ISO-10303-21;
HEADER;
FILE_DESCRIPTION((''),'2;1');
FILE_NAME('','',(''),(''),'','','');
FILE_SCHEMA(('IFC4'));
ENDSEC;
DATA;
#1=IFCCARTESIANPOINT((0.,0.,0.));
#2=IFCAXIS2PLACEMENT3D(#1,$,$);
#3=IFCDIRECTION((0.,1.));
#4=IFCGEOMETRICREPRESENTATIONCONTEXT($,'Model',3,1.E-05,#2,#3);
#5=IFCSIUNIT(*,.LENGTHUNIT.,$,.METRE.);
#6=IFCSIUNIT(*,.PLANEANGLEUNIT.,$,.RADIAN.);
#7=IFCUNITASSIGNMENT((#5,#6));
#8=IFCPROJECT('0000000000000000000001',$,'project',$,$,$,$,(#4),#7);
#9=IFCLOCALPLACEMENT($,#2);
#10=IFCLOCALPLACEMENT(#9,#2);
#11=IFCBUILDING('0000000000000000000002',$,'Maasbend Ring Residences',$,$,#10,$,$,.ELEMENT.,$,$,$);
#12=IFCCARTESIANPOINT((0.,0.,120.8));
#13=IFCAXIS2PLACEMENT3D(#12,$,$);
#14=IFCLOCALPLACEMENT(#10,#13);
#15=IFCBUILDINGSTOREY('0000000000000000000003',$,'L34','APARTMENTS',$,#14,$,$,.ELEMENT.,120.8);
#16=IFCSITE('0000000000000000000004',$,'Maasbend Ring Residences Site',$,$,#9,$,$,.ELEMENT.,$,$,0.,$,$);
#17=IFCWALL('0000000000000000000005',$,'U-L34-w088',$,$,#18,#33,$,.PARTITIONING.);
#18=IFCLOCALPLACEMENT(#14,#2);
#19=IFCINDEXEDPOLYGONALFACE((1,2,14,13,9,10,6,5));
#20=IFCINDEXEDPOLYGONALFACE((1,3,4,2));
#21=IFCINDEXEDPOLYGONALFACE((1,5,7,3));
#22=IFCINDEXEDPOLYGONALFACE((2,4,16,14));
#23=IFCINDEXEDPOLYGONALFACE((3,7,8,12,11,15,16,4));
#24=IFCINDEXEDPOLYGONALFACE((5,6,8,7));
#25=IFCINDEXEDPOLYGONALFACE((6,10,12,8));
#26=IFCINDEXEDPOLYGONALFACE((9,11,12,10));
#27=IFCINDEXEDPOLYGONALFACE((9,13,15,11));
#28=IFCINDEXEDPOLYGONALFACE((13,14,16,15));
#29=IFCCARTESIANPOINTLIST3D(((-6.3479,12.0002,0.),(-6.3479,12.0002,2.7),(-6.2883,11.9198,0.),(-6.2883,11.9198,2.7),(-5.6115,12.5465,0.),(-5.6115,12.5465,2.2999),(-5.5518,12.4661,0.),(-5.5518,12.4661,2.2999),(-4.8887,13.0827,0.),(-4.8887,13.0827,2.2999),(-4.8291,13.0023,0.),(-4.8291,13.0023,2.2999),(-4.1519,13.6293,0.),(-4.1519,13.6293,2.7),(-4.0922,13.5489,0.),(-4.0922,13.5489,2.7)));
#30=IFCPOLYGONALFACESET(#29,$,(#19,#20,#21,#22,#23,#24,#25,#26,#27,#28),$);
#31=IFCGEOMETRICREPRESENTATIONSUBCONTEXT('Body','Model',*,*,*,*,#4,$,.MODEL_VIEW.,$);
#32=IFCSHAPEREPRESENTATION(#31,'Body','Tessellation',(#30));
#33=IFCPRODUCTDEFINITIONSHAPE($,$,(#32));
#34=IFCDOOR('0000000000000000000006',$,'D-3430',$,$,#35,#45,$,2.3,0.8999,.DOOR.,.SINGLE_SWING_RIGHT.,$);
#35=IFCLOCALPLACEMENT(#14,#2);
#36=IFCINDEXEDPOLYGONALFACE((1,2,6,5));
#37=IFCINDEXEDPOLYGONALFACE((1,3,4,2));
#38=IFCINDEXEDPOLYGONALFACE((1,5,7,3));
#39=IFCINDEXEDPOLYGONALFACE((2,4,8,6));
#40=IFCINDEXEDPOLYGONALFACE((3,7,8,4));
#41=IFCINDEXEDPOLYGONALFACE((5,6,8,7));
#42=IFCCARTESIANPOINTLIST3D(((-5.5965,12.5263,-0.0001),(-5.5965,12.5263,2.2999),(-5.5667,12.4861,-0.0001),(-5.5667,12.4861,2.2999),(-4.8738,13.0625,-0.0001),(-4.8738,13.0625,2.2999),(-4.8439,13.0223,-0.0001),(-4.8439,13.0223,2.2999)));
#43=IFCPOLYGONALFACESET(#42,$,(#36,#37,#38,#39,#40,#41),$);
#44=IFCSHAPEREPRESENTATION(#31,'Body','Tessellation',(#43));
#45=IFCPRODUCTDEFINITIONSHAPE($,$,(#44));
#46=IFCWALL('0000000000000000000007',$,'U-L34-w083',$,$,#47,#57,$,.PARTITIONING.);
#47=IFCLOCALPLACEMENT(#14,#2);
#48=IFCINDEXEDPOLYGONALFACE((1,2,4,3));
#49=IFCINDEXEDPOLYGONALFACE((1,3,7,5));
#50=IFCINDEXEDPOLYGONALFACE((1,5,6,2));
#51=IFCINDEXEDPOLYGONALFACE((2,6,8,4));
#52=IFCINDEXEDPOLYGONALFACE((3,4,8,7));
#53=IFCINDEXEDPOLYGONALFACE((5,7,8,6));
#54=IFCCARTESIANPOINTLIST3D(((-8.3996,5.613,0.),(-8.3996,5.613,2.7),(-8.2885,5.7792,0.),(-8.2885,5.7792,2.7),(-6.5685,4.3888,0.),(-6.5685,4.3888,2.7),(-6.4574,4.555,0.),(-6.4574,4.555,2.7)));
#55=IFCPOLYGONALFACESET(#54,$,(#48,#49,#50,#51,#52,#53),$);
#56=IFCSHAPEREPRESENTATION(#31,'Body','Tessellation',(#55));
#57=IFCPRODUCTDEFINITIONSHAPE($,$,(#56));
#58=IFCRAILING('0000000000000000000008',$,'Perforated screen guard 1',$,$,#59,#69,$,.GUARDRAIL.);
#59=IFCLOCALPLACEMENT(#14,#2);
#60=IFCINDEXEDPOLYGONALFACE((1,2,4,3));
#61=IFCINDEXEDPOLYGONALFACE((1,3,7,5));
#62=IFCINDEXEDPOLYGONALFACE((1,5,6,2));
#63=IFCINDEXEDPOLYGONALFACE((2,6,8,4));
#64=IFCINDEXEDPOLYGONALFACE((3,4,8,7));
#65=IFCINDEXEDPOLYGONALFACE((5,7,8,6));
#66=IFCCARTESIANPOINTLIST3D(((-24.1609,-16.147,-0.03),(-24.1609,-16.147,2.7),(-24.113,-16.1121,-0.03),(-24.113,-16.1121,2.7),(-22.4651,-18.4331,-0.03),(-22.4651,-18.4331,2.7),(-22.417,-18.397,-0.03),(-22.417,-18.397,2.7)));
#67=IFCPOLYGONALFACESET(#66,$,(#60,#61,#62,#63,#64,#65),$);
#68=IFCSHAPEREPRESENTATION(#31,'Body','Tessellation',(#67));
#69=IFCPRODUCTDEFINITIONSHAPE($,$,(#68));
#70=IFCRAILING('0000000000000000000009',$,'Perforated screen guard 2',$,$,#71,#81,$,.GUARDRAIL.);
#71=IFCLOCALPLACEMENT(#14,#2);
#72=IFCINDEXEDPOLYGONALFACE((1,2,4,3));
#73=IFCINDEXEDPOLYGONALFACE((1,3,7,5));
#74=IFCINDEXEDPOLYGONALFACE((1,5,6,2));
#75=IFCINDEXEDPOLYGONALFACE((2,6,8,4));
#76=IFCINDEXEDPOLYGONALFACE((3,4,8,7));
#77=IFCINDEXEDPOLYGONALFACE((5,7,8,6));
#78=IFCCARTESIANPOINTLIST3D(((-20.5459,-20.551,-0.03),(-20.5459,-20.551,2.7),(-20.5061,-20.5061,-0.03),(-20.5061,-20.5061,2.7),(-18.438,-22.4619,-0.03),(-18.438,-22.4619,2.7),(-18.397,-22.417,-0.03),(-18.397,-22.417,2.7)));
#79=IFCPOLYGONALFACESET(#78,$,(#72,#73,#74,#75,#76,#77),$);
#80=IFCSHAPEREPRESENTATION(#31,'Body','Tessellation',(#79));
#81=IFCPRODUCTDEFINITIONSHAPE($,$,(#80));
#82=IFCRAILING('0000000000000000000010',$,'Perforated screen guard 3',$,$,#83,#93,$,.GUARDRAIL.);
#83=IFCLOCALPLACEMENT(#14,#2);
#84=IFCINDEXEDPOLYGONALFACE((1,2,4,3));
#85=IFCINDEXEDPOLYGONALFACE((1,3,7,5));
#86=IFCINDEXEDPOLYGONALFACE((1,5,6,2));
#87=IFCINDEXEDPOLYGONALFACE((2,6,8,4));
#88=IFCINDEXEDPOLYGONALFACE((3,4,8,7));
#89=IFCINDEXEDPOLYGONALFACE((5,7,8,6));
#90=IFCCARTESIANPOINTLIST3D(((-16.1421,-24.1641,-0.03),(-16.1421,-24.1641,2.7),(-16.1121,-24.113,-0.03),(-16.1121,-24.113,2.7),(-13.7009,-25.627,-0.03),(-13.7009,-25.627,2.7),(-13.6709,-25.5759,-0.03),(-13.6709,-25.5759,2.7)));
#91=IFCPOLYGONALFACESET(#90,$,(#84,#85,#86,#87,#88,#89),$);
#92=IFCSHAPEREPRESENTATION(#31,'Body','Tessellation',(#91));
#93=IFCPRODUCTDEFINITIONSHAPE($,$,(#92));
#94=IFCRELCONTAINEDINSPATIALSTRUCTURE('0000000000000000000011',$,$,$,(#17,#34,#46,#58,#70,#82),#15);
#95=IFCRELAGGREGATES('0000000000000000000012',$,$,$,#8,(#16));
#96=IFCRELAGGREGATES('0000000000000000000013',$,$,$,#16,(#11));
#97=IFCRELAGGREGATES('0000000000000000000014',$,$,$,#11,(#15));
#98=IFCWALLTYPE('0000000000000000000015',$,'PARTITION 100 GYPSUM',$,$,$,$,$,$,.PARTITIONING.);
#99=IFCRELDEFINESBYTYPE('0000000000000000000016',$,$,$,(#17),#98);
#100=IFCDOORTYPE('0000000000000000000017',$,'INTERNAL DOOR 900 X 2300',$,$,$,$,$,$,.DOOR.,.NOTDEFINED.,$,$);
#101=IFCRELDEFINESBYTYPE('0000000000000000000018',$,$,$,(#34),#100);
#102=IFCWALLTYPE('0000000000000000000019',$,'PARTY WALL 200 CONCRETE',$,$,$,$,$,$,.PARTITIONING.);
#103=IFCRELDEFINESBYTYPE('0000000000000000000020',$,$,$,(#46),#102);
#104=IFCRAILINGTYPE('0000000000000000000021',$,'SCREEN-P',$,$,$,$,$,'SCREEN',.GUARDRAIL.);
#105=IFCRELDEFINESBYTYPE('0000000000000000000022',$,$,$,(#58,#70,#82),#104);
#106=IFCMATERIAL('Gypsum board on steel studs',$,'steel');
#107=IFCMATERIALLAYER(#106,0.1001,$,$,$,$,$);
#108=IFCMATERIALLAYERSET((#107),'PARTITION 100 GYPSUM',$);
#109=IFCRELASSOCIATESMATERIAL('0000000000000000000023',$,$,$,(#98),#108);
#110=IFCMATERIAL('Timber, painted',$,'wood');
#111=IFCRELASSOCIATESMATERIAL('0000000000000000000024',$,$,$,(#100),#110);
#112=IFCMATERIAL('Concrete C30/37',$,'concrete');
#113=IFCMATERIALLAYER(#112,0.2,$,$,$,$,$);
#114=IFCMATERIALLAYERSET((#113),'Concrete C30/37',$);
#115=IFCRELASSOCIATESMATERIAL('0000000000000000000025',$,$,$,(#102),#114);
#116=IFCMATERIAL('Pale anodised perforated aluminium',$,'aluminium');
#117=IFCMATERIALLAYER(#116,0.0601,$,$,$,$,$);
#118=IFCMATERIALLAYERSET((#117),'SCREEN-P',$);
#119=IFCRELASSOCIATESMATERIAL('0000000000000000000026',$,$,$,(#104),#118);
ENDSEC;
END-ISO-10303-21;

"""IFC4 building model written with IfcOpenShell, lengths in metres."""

from ifc_helpers import new_model, si_unit, direction, frame, frame_2d, origin, place, context, subcontext, project, spatial, polyline, rectangle, outline, extrude, material, layer, layer_set, type_object, element, fill, save


model = new_model("IFC4")

# Units and contexts
model_context = context("Model", 3, precision=1e-05, world=origin(), true_north=direction((0.0, 1.0)))
body_context = subcontext(model_context, "Body", "Model", "MODEL_VIEW")
ifc_project = project(units=[si_unit("LENGTHUNIT", "METRE"), si_unit("PLANEANGLEUNIT", "RADIAN")], contexts=[model_context])

# Site, building, storey
site_placement = place(None, origin())
site = spatial("IfcSite", under=ifc_project, at=site_placement, Name="Maasbend Ring Residences Site", CompositionType="ELEMENT", RefElevation=0.0)
building_placement = place(site_placement, origin())
building = spatial("IfcBuilding", under=site, at=building_placement, Name="Maasbend Ring Residences", CompositionType="ELEMENT")
storey_placement = place(building_placement, frame((0.0, 0.0, 120.8)))
storey = spatial("IfcBuildingStorey", under=building, at=storey_placement, Name="L34", Description="APARTMENTS", CompositionType="ELEMENT", Elevation=120.8)

# Wall, opening, door
ifc_material_1 = material(Name="Gypsum board on steel studs", Category="steel")
ifc_layer_1 = layer(ifc_material_1, 0.1001)
ifc_layer_set_1 = layer_set([ifc_layer_1], Name="PARTITION 100 GYPSUM")
wall_type_1 = type_object("IfcWallType", Name="PARTITION 100 GYPSUM", PredefinedType="PARTITIONING", material=ifc_layer_set_1)
wall_1_placement = place(storey_placement, frame((-6.3181, 11.96, 0.0), z_axis=(0.0, 0.0, 1.0), x_axis=(0.803128, 0.595806, 0.0)))
wall_1 = element("IfcWall", 1, at=wall_1_placement, inside=storey, type_object=wall_type_1, Name="U-L34-w088", PredefinedType="PARTITIONING", context=body_context, shape_type="SweptSolid", body=[
    extrude(rectangle(XDim=2.7344, YDim=0.1001, at=frame_2d((1.3672, 0.0))), origin(), (0.0, 0.0, 1.0), 2.7),
])
opening_placement = place(wall_1_placement, frame((0.917, 0.0, 0.0)))
opening = element("IfcOpeningElement", 2, at=opening_placement, cuts=wall_1, PredefinedType="OPENING", context=body_context, shape_type="SweptSolid", body=[
    extrude(rectangle(XDim=0.8999, YDim=2.3, at=frame_2d((0.45, 1.1499))), frame((0.0, 0.0601, 0.0), z_axis=(0.0, -1.0, 0.0), x_axis=(1.0, 0.0, 0.0)), (0.0, 0.0, 1.0), 0.1201),
])
ifc_material_2 = material(Name="Timber, painted", Category="wood")
door_type = type_object("IfcDoorType", Name="INTERNAL DOOR 900 X 2300", OperationType="NOTDEFINED", PredefinedType="DOOR", material=ifc_material_2)
door_placement = place(opening_placement, origin())
door = element("IfcDoor", 3, at=door_placement, inside=storey, type_object=door_type, Name="D-3430", OperationType="SINGLE_SWING_RIGHT", OverallHeight=2.3, OverallWidth=0.8999, PredefinedType="DOOR", context=body_context, shape_type="SweptSolid", body=[
    extrude(rectangle(XDim=0.8999, YDim=2.3, at=frame_2d((0.45, 1.1499))), frame((0.0, 0.0249, 0.0), z_axis=(0.0, -1.0, 0.0), x_axis=(1.0, 0.0, 0.0)), (0.0, 0.0, 1.0), 0.05),
])
fill(opening, door)

# Wall
ifc_material_3 = material(Name="Concrete C30/37", Category="concrete")
ifc_layer_2 = layer(ifc_material_3, 0.2)
ifc_layer_set_2 = layer_set([ifc_layer_2], Name="Concrete C30/37")
wall_type_2 = type_object("IfcWallType", Name="PARTY WALL 200 CONCRETE", PredefinedType="PARTITIONING", material=ifc_layer_set_2)
wall_2_placement = place(storey_placement, frame((-6.5129, 4.4719, 0.0), z_axis=(0.0, 0.0, 1.0), x_axis=(-0.831333, 0.555774, 0.0)))
element("IfcWall", 4, at=wall_2_placement, inside=storey, type_object=wall_type_2, Name="U-L34-w083", PredefinedType="PARTITIONING", context=body_context, shape_type="SweptSolid", body=[
    extrude(rectangle(XDim=2.2026, YDim=0.2, at=frame_2d((1.1013, 0.0))), origin(), (0.0, 0.0, 1.0), 2.7),
])

# Railings
ifc_material_4 = material(Name="Pale anodised perforated aluminium", Category="aluminium")
ifc_layer_3 = layer(ifc_material_4, 0.0601)
ifc_layer_set_3 = layer_set([ifc_layer_3], Name="SCREEN-P")
railing_type = type_object("IfcRailingType", Name="SCREEN-P", ElementType="SCREEN", PredefinedType="GUARDRAIL", material=ifc_layer_set_3)
railing_1_placement = place(storey_placement, frame((0.0, 0.0, -0.03)))
element("IfcRailing", 5, at=railing_1_placement, inside=storey, type_object=railing_type, Name="Perforated screen guard 1", PredefinedType="GUARDRAIL", context=body_context, shape_type="SweptSolid", body=[
    extrude(outline(polyline([(-24.113, -16.1121), (-22.417, -18.397), (-22.4651, -18.4331), (-24.1609, -16.147), (-24.113, -16.1121)])), origin(), (0.0, 0.0, 1.0), 2.73),
])
railing_2_placement = place(storey_placement, frame((0.0, 0.0, -0.03)))
element("IfcRailing", 6, at=railing_2_placement, inside=storey, type_object=railing_type, Name="Perforated screen guard 2", PredefinedType="GUARDRAIL", context=body_context, shape_type="SweptSolid", body=[
    extrude(outline(polyline([(-20.5061, -20.5061), (-18.397, -22.417), (-18.438, -22.4619), (-20.5459, -20.551), (-20.5061, -20.5061)])), origin(), (0.0, 0.0, 1.0), 2.73),
])
railing_3_placement = place(storey_placement, frame((0.0, 0.0, -0.03)))
element("IfcRailing", 7, at=railing_3_placement, inside=storey, type_object=railing_type, Name="Perforated screen guard 3", PredefinedType="GUARDRAIL", context=body_context, shape_type="SweptSolid", body=[
    extrude(outline(polyline([(-16.1121, -24.113), (-13.6709, -25.5759), (-13.7009, -25.627), (-16.1421, -24.1641), (-16.1121, -24.113)])), origin(), (0.0, 0.0, 1.0), 2.73),
])

save(model, "model.ifc")
